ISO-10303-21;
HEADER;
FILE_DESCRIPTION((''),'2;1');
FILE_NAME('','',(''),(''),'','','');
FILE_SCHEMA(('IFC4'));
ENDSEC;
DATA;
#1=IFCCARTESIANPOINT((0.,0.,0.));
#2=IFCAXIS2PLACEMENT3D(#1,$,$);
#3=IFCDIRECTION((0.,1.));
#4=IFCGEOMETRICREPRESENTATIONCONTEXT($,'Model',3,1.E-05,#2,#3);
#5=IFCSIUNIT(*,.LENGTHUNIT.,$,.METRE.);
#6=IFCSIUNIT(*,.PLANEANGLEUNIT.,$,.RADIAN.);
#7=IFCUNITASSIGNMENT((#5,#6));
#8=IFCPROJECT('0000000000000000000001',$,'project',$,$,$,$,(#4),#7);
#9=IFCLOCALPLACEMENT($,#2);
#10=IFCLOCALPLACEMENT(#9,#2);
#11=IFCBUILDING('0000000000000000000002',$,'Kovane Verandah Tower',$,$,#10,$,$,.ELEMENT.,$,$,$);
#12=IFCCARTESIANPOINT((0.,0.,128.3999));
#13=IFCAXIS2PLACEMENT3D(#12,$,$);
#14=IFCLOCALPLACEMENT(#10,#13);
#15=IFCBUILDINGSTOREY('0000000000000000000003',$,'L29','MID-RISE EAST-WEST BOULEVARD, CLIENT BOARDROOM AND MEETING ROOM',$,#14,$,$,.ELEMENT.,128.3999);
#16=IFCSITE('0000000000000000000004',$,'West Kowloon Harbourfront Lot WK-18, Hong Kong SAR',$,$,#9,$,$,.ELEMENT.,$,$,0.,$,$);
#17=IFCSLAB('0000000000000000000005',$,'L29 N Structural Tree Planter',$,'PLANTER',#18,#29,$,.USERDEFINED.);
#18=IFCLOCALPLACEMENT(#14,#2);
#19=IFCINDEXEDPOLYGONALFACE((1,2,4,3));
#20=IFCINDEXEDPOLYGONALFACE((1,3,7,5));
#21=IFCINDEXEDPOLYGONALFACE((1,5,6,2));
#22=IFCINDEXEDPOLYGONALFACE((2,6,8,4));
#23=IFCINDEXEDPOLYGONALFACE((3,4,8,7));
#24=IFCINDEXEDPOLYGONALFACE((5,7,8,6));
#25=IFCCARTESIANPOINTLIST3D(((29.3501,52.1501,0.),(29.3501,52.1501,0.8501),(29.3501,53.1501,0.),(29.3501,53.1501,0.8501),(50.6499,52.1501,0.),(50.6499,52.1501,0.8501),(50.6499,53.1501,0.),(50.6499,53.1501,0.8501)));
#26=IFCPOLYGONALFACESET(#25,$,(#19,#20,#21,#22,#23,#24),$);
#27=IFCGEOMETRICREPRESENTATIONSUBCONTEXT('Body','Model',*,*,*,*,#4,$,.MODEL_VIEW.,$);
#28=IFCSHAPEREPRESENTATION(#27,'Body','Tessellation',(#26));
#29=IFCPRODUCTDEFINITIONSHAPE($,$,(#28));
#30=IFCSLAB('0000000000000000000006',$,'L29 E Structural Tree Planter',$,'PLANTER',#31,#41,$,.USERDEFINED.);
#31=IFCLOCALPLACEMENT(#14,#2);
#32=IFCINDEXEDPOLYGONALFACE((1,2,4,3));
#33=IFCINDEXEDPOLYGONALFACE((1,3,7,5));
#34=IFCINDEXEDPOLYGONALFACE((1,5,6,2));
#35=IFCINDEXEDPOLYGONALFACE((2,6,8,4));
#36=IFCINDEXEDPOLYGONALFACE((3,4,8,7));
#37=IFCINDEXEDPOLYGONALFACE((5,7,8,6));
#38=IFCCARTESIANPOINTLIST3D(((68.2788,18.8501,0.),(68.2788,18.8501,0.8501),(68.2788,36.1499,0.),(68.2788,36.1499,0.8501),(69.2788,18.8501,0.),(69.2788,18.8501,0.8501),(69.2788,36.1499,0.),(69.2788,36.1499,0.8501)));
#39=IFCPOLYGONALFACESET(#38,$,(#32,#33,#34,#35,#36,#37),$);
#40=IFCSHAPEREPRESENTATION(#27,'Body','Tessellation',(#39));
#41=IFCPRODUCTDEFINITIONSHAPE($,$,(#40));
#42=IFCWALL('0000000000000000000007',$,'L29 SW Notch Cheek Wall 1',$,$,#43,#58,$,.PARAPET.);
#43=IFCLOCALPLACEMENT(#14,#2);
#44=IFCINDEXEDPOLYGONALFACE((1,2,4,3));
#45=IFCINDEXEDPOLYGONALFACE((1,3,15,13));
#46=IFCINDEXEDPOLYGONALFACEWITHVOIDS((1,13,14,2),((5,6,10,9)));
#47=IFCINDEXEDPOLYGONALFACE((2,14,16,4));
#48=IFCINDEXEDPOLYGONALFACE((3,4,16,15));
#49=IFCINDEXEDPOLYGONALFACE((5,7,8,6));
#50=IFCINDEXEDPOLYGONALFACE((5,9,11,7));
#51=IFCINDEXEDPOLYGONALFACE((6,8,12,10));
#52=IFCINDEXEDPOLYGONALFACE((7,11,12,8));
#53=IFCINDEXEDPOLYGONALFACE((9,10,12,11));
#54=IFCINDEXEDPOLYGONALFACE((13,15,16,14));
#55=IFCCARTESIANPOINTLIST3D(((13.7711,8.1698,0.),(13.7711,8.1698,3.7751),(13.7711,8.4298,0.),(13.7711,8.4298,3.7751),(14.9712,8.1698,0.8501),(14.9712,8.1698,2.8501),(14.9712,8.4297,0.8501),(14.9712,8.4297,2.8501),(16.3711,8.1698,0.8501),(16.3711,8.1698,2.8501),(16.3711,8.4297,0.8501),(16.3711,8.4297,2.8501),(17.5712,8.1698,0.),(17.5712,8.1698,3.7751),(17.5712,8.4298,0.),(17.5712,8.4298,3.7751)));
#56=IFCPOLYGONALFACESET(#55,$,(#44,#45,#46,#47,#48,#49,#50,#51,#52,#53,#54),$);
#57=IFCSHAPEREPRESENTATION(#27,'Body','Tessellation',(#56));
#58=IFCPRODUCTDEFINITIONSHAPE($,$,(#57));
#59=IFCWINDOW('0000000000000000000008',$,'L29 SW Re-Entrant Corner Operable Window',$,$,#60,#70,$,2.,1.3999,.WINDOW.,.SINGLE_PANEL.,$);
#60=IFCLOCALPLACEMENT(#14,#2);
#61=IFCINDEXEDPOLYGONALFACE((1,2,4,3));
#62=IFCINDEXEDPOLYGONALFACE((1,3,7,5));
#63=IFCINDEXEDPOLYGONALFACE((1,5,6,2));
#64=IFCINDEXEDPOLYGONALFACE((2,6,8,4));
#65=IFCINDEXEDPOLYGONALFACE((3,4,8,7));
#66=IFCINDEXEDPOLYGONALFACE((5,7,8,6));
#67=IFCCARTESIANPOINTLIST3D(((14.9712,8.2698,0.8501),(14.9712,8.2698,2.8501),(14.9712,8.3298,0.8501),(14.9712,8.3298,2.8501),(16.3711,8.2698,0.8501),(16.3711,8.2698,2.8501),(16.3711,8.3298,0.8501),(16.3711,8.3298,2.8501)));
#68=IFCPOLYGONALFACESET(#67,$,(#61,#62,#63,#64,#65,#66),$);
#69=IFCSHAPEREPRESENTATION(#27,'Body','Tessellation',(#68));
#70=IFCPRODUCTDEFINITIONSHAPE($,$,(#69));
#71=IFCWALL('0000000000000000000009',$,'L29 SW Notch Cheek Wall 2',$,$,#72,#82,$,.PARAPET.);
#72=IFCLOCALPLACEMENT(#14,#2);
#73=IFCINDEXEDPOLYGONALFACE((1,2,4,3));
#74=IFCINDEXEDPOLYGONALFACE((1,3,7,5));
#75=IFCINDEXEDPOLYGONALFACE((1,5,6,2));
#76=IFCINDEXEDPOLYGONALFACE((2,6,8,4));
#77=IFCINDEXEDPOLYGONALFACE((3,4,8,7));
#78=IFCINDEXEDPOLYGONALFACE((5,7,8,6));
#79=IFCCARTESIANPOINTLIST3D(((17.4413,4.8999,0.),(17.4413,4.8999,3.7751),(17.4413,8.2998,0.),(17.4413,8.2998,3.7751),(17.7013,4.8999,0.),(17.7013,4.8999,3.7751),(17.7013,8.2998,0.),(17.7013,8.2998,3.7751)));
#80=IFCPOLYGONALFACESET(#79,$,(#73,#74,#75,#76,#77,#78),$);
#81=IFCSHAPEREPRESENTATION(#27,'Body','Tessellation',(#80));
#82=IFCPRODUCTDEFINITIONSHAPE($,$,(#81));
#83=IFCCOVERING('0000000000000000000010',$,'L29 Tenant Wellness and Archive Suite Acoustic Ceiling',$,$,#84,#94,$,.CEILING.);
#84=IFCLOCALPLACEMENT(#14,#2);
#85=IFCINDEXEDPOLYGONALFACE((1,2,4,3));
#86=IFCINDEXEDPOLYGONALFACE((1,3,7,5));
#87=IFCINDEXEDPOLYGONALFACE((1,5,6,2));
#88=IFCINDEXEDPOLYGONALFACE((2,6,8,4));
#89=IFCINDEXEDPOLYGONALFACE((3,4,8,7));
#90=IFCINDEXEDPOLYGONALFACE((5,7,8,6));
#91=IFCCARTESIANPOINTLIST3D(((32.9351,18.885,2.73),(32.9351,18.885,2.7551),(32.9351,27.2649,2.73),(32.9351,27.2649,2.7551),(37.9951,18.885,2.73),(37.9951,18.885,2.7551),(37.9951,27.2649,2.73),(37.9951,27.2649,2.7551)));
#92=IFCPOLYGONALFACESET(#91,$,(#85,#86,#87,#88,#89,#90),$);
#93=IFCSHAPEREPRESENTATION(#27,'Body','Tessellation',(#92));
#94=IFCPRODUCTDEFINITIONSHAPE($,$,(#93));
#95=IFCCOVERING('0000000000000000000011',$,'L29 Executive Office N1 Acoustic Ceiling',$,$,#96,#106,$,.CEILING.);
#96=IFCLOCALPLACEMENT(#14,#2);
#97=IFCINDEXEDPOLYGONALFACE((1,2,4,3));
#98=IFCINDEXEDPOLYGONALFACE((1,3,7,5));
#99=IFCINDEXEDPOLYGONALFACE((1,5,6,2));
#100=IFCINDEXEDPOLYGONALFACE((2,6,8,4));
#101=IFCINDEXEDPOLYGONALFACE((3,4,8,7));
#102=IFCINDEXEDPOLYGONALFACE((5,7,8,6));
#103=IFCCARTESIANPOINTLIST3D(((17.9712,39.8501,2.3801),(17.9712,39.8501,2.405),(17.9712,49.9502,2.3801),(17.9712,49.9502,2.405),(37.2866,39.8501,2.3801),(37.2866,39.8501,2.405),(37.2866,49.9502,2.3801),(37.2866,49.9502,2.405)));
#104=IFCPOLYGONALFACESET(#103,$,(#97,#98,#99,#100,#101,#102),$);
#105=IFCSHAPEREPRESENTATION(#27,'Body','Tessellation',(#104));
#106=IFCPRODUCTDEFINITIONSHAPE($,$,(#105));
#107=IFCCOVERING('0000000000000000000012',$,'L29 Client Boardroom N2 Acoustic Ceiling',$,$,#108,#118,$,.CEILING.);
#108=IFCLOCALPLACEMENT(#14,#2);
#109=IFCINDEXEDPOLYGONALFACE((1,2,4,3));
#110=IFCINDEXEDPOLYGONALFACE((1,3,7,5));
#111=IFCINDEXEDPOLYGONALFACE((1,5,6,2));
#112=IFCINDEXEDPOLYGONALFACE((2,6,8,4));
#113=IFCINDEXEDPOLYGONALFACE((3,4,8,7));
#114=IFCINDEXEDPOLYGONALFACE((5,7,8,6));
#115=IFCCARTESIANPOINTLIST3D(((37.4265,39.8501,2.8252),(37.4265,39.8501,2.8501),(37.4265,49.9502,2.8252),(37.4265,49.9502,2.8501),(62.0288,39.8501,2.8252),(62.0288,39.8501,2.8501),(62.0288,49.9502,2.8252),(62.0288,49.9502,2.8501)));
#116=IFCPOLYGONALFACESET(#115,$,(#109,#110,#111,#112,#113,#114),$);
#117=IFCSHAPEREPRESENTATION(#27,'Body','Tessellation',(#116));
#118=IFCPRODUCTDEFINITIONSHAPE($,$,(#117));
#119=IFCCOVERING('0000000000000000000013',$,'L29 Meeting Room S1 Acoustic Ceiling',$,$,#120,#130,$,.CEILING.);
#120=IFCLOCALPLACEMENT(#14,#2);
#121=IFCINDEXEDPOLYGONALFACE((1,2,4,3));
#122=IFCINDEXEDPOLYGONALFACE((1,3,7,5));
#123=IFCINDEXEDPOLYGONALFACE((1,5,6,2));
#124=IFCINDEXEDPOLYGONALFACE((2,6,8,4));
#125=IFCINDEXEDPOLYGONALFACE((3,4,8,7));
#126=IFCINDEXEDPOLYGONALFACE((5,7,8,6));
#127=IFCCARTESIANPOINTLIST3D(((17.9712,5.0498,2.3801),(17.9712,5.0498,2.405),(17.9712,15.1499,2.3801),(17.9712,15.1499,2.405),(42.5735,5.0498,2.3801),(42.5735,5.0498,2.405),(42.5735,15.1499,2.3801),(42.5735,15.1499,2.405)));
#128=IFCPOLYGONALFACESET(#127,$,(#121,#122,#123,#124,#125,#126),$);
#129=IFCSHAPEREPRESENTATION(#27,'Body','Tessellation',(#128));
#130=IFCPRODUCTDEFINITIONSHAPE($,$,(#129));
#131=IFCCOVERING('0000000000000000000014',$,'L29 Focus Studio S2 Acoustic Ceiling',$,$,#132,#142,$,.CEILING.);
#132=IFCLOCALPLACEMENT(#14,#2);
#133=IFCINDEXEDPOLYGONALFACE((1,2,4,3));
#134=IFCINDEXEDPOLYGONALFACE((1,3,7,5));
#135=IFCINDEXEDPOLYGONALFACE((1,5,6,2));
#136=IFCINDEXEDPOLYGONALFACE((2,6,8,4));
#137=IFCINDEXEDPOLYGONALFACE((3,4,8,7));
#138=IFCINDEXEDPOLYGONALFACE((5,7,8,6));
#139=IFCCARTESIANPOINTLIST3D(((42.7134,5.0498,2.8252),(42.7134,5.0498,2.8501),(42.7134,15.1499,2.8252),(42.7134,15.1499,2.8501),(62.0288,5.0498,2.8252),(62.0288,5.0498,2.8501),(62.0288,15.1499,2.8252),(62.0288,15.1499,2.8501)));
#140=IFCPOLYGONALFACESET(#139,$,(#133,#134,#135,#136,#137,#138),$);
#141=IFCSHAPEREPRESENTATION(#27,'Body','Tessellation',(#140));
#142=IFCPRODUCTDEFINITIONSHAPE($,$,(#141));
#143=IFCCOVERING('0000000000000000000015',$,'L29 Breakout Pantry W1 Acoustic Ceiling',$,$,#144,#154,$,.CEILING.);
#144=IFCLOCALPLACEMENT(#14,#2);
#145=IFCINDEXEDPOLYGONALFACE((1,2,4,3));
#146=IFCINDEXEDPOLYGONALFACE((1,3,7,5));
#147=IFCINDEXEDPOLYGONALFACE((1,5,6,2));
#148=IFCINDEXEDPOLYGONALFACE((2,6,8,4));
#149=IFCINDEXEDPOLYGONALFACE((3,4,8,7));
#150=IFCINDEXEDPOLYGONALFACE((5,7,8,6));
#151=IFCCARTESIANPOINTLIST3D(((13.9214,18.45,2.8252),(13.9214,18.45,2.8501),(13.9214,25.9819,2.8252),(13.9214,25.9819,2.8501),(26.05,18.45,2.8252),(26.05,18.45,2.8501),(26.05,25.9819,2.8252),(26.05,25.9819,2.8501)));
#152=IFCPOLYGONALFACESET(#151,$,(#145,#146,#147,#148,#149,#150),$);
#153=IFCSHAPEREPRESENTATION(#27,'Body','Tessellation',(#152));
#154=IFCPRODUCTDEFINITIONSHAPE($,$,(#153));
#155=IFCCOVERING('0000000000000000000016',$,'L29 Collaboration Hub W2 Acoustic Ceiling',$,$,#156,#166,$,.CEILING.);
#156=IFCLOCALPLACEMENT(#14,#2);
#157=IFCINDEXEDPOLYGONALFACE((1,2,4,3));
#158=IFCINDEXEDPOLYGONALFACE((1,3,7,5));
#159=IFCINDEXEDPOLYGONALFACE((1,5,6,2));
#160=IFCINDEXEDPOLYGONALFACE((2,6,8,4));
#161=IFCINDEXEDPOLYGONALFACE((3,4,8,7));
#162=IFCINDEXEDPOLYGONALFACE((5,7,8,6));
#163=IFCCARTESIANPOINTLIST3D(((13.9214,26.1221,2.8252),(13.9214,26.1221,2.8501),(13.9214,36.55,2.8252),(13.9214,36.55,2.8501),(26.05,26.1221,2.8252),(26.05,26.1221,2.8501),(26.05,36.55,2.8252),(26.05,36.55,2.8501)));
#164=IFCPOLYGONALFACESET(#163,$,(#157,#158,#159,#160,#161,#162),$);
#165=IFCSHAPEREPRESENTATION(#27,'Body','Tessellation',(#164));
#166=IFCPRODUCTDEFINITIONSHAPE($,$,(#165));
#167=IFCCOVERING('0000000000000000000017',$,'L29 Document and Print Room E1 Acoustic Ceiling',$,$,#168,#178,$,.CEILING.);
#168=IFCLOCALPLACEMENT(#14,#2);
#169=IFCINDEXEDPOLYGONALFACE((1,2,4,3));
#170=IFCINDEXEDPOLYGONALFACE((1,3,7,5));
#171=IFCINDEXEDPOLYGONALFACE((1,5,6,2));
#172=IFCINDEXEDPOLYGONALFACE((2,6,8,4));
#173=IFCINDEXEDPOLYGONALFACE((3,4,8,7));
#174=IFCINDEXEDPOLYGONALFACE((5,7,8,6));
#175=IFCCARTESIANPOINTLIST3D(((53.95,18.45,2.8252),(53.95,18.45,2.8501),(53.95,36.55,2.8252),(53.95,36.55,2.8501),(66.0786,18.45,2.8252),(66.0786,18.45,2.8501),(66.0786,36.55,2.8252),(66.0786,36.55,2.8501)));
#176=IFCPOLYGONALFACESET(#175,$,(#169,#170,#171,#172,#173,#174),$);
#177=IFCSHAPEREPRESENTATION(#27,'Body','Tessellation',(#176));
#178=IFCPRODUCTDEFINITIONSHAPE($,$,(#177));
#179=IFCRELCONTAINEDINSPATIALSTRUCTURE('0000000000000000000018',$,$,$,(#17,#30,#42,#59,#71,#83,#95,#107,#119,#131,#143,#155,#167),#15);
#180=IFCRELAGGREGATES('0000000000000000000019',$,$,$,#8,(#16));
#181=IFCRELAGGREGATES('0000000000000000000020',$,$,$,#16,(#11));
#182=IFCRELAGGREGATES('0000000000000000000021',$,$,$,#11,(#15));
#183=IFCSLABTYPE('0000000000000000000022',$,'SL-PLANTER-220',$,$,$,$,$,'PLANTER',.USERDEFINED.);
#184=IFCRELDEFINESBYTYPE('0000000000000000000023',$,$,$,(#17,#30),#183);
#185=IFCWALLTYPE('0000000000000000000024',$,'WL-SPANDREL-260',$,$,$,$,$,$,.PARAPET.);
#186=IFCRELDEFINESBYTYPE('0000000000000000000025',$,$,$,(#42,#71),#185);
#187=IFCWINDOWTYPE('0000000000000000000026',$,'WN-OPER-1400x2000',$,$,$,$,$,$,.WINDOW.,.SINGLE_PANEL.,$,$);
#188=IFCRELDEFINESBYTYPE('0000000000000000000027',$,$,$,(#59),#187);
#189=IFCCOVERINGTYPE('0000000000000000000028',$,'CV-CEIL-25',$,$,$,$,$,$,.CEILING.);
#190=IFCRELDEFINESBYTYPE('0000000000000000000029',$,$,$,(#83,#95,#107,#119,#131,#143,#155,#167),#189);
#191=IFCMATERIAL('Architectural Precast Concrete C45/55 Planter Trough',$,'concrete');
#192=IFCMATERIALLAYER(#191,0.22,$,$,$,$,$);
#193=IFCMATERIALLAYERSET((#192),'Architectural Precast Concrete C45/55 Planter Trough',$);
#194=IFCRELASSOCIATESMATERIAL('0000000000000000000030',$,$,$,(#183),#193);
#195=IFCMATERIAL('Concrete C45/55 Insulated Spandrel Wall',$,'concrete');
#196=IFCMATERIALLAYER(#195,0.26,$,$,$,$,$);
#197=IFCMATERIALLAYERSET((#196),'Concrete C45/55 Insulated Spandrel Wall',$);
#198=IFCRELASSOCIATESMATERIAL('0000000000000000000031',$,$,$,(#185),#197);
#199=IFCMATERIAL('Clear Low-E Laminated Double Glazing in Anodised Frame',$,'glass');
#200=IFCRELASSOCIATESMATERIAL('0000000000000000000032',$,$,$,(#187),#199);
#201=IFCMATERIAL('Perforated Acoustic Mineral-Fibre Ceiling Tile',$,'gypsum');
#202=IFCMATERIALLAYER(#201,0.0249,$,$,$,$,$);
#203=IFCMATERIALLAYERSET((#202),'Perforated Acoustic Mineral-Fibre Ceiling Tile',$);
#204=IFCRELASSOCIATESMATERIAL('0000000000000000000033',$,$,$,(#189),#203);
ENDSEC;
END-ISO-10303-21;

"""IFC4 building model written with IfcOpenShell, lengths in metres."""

from ifc_helpers import new_model, si_unit, direction, frame, frame_2d, origin, place, context, subcontext, project, spatial, polyline, rectangle, outline, extrude, material, layer, layer_set, type_object, element, fill, save


model = new_model("IFC4")

# Units and contexts
model_context = context("Model", 3, precision=1e-05, world=origin(), true_north=direction((0.0, 1.0)))
body_context = subcontext(model_context, "Body", "Model", "MODEL_VIEW")
ifc_project = project(units=[si_unit("LENGTHUNIT", "METRE"), si_unit("PLANEANGLEUNIT", "RADIAN")], contexts=[model_context])

# Site, building, storey
site_placement = place(None, origin())
site = spatial("IfcSite", under=ifc_project, at=site_placement, Name="West Kowloon Harbourfront Lot WK-18, Hong Kong SAR", CompositionType="ELEMENT", RefElevation=0.0)
building_placement = place(site_placement, origin())
building = spatial("IfcBuilding", under=site, at=building_placement, Name="Kovane Verandah Tower", CompositionType="ELEMENT")
storey_placement = place(building_placement, frame((0.0, 0.0, 128.3999)))
storey = spatial("IfcBuildingStorey", under=building, at=storey_placement, Name="L29", Description="MID-RISE EAST-WEST BOULEVARD, CLIENT BOARDROOM AND MEETING ROOM", CompositionType="ELEMENT", Elevation=128.3999)

# Slabs
ifc_material_1 = material(Name="Architectural Precast Concrete C45/55 Planter Trough", Category="concrete")
ifc_layer_1 = layer(ifc_material_1, 0.22)
ifc_layer_set_1 = layer_set([ifc_layer_1], Name="Architectural Precast Concrete C45/55 Planter Trough")
slab_type_1 = type_object("IfcSlabType", Name="SL-PLANTER-220", ElementType="PLANTER", PredefinedType="USERDEFINED", material=ifc_layer_set_1)
slab_1_placement = place(storey_placement, origin())
element("IfcSlab", 1, at=slab_1_placement, inside=storey, type_object=slab_type_1, Name="L29 N Structural Tree Planter", ObjectType="PLANTER", PredefinedType="USERDEFINED", context=body_context, shape_type="SweptSolid", body=[
    extrude(outline(polyline([(29.3501, 52.1501), (50.6499, 52.1501), (50.6499, 53.1501), (29.3501, 53.1501), (29.3501, 52.1501)])), origin(), (0.0, 0.0, 1.0), 0.8501),
])
slab_2_placement = place(storey_placement, origin())
element("IfcSlab", 2, at=slab_2_placement, inside=storey, type_object=slab_type_1, Name="L29 E Structural Tree Planter", ObjectType="PLANTER", PredefinedType="USERDEFINED", context=body_context, shape_type="SweptSolid", body=[
    extrude(outline(polyline([(68.2788, 18.8501), (69.2788, 18.8501), (69.2788, 36.1499), (68.2788, 36.1499), (68.2788, 18.8501)])), origin(), (0.0, 0.0, 1.0), 0.8501),
])

# Wall, opening, window
ifc_material_2 = material(Name="Concrete C45/55 Insulated Spandrel Wall", Category="concrete")
ifc_layer_2 = layer(ifc_material_2, 0.26)
ifc_layer_set_2 = layer_set([ifc_layer_2], Name="Concrete C45/55 Insulated Spandrel Wall")
wall_type = type_object("IfcWallType", Name="WL-SPANDREL-260", PredefinedType="PARAPET", material=ifc_layer_set_2)
wall_1_placement = place(storey_placement, frame((13.7712, 8.2998, 0.0), z_axis=(0.0, 0.0, 1.0), x_axis=(1.0, 0.0, 0.0)))
wall_1 = element("IfcWall", 3, at=wall_1_placement, inside=storey, type_object=wall_type, Name="L29 SW Notch Cheek Wall 1", PredefinedType="PARAPET", context=body_context, shape_type="SweptSolid", body=[
    extrude(rectangle(XDim=3.8, YDim=0.26, at=frame_2d((1.8999, 0.0))), origin(), (0.0, 0.0, 1.0), 3.7751),
])
opening_placement = place(wall_1_placement, frame((1.2, 0.0, 0.8501)))
opening = element("IfcOpeningElement", 4, at=opening_placement, cuts=wall_1, PredefinedType="OPENING", context=body_context, shape_type="SweptSolid", body=[
    extrude(rectangle(XDim=1.3999, YDim=2.0, at=frame_2d((0.7, 1.0))), frame((0.0, 0.1299, 0.0), z_axis=(0.0, -1.0, 0.0), x_axis=(1.0, 0.0, 0.0)), (0.0, 0.0, 1.0), 0.26),
])
ifc_material_3 = material(Name="Clear Low-E Laminated Double Glazing in Anodised Frame", Category="glass")
window_type = type_object("IfcWindowType", Name="WN-OPER-1400x2000", PartitioningType="SINGLE_PANEL", PredefinedType="WINDOW", material=ifc_material_3)
window_placement = place(opening_placement, origin())
window = element("IfcWindow", 5, at=window_placement, inside=storey, type_object=window_type, Name="L29 SW Re-Entrant Corner Operable Window", OverallHeight=2.0, OverallWidth=1.3999, PartitioningType="SINGLE_PANEL", PredefinedType="WINDOW", context=body_context, shape_type="SweptSolid", body=[
    extrude(rectangle(XDim=1.3999, YDim=2.0, at=frame_2d((0.7, 1.0))), frame((0.0, 0.03, 0.0), z_axis=(0.0, -1.0, 0.0), x_axis=(1.0, 0.0, 0.0)), (0.0, 0.0, 1.0), 0.0601),
])
fill(opening, window)

# Wall
wall_2_placement = place(storey_placement, frame((17.5713, 8.2998, 0.0), z_axis=(0.0, 0.0, 1.0), x_axis=(0.0, -1.0, 0.0)))
element("IfcWall", 6, at=wall_2_placement, inside=storey, type_object=wall_type, Name="L29 SW Notch Cheek Wall 2", PredefinedType="PARAPET", context=body_context, shape_type="SweptSolid", body=[
    extrude(rectangle(XDim=3.3999, YDim=0.26, at=frame_2d((1.7, 0.0))), origin(), (0.0, 0.0, 1.0), 3.7751),
])

# Coverings
ifc_material_4 = material(Name="Perforated Acoustic Mineral-Fibre Ceiling Tile", Category="gypsum")
ifc_layer_3 = layer(ifc_material_4, 0.0249)
ifc_layer_set_3 = layer_set([ifc_layer_3], Name="Perforated Acoustic Mineral-Fibre Ceiling Tile")
covering_type_1 = type_object("IfcCoveringType", Name="CV-CEIL-25", PredefinedType="CEILING", material=ifc_layer_set_3)
covering_1_placement = place(storey_placement, frame((0.0, 0.0, 2.73)))
element("IfcCovering", 7, at=covering_1_placement, inside=storey, type_object=covering_type_1, Name="L29 Tenant Wellness and Archive Suite Acoustic Ceiling", PredefinedType="CEILING", context=body_context, shape_type="SweptSolid", body=[
    extrude(outline(polyline([(32.9351, 18.885), (37.9951, 18.885), (37.9951, 27.2649), (32.9351, 27.2649), (32.9351, 18.885)])), origin(), (0.0, 0.0, 1.0), 0.0251),
])
covering_2_placement = place(storey_placement, frame((0.0, 0.0, 2.3801)))
element("IfcCovering", 8, at=covering_2_placement, inside=storey, type_object=covering_type_1, Name="L29 Executive Office N1 Acoustic Ceiling", PredefinedType="CEILING", context=body_context, shape_type="SweptSolid", body=[
    extrude(outline(polyline([(17.9712, 39.8501), (37.2866, 39.8501), (37.2866, 49.9502), (17.9712, 49.9502), (17.9712, 39.8501)])), origin(), (0.0, 0.0, 1.0), 0.0249),
])
covering_3_placement = place(storey_placement, frame((0.0, 0.0, 2.8252)))
element("IfcCovering", 9, at=covering_3_placement, inside=storey, type_object=covering_type_1, Name="L29 Client Boardroom N2 Acoustic Ceiling", PredefinedType="CEILING", context=body_context, shape_type="SweptSolid", body=[
    extrude(outline(polyline([(37.4265, 39.8501), (62.0288, 39.8501), (62.0288, 49.9502), (37.4265, 49.9502), (37.4265, 39.8501)])), origin(), (0.0, 0.0, 1.0), 0.0249),
])
covering_4_placement = place(storey_placement, frame((0.0, 0.0, 2.3801)))
element("IfcCovering", 10, at=covering_4_placement, inside=storey, type_object=covering_type_1, Name="L29 Meeting Room S1 Acoustic Ceiling", PredefinedType="CEILING", context=body_context, shape_type="SweptSolid", body=[
    extrude(outline(polyline([(17.9712, 5.0498), (42.5735, 5.0498), (42.5735, 15.1499), (17.9712, 15.1499), (17.9712, 5.0498)])), origin(), (0.0, 0.0, 1.0), 0.0249),
])
covering_5_placement = place(storey_placement, frame((0.0, 0.0, 2.8252)))
element("IfcCovering", 11, at=covering_5_placement, inside=storey, type_object=covering_type_1, Name="L29 Focus Studio S2 Acoustic Ceiling", PredefinedType="CEILING", context=body_context, shape_type="SweptSolid", body=[
    extrude(outline(polyline([(42.7134, 5.0498), (62.0288, 5.0498), (62.0288, 15.1499), (42.7134, 15.1499), (42.7134, 5.0498)])), origin(), (0.0, 0.0, 1.0), 0.0249),
])
covering_6_placement = place(storey_placement, frame((0.0, 0.0, 2.8252)))
element("IfcCovering", 12, at=covering_6_placement, inside=storey, type_object=covering_type_1, Name="L29 Breakout Pantry W1 Acoustic Ceiling", PredefinedType="CEILING", context=body_context, shape_type="SweptSolid", body=[
    extrude(outline(polyline([(13.9214, 18.45), (26.05, 18.45), (26.05, 25.9819), (13.9214, 25.9819), (13.9214, 18.45)])), origin(), (0.0, 0.0, 1.0), 0.0249),
])
covering_7_placement = place(storey_placement, frame((0.0, 0.0, 2.8252)))
element("IfcCovering", 13, at=covering_7_placement, inside=storey, type_object=covering_type_1, Name="L29 Collaboration Hub W2 Acoustic Ceiling", PredefinedType="CEILING", context=body_context, shape_type="SweptSolid", body=[
    extrude(outline(polyline([(13.9214, 26.1221), (26.05, 26.1221), (26.05, 36.55), (13.9214, 36.55), (13.9214, 26.1221)])), origin(), (0.0, 0.0, 1.0), 0.0249),
])
covering_8_placement = place(storey_placement, frame((0.0, 0.0, 2.8252)))
element("IfcCovering", 14, at=covering_8_placement, inside=storey, type_object=covering_type_1, Name="L29 Document and Print Room E1 Acoustic Ceiling", PredefinedType="CEILING", context=body_context, shape_type="SweptSolid", body=[
    extrude(outline(polyline([(53.95, 18.45), (66.0786, 18.45), (66.0786, 36.55), (53.95, 36.55), (53.95, 18.45)])), origin(), (0.0, 0.0, 1.0), 0.0249),
])

save(model, "model.ifc")
